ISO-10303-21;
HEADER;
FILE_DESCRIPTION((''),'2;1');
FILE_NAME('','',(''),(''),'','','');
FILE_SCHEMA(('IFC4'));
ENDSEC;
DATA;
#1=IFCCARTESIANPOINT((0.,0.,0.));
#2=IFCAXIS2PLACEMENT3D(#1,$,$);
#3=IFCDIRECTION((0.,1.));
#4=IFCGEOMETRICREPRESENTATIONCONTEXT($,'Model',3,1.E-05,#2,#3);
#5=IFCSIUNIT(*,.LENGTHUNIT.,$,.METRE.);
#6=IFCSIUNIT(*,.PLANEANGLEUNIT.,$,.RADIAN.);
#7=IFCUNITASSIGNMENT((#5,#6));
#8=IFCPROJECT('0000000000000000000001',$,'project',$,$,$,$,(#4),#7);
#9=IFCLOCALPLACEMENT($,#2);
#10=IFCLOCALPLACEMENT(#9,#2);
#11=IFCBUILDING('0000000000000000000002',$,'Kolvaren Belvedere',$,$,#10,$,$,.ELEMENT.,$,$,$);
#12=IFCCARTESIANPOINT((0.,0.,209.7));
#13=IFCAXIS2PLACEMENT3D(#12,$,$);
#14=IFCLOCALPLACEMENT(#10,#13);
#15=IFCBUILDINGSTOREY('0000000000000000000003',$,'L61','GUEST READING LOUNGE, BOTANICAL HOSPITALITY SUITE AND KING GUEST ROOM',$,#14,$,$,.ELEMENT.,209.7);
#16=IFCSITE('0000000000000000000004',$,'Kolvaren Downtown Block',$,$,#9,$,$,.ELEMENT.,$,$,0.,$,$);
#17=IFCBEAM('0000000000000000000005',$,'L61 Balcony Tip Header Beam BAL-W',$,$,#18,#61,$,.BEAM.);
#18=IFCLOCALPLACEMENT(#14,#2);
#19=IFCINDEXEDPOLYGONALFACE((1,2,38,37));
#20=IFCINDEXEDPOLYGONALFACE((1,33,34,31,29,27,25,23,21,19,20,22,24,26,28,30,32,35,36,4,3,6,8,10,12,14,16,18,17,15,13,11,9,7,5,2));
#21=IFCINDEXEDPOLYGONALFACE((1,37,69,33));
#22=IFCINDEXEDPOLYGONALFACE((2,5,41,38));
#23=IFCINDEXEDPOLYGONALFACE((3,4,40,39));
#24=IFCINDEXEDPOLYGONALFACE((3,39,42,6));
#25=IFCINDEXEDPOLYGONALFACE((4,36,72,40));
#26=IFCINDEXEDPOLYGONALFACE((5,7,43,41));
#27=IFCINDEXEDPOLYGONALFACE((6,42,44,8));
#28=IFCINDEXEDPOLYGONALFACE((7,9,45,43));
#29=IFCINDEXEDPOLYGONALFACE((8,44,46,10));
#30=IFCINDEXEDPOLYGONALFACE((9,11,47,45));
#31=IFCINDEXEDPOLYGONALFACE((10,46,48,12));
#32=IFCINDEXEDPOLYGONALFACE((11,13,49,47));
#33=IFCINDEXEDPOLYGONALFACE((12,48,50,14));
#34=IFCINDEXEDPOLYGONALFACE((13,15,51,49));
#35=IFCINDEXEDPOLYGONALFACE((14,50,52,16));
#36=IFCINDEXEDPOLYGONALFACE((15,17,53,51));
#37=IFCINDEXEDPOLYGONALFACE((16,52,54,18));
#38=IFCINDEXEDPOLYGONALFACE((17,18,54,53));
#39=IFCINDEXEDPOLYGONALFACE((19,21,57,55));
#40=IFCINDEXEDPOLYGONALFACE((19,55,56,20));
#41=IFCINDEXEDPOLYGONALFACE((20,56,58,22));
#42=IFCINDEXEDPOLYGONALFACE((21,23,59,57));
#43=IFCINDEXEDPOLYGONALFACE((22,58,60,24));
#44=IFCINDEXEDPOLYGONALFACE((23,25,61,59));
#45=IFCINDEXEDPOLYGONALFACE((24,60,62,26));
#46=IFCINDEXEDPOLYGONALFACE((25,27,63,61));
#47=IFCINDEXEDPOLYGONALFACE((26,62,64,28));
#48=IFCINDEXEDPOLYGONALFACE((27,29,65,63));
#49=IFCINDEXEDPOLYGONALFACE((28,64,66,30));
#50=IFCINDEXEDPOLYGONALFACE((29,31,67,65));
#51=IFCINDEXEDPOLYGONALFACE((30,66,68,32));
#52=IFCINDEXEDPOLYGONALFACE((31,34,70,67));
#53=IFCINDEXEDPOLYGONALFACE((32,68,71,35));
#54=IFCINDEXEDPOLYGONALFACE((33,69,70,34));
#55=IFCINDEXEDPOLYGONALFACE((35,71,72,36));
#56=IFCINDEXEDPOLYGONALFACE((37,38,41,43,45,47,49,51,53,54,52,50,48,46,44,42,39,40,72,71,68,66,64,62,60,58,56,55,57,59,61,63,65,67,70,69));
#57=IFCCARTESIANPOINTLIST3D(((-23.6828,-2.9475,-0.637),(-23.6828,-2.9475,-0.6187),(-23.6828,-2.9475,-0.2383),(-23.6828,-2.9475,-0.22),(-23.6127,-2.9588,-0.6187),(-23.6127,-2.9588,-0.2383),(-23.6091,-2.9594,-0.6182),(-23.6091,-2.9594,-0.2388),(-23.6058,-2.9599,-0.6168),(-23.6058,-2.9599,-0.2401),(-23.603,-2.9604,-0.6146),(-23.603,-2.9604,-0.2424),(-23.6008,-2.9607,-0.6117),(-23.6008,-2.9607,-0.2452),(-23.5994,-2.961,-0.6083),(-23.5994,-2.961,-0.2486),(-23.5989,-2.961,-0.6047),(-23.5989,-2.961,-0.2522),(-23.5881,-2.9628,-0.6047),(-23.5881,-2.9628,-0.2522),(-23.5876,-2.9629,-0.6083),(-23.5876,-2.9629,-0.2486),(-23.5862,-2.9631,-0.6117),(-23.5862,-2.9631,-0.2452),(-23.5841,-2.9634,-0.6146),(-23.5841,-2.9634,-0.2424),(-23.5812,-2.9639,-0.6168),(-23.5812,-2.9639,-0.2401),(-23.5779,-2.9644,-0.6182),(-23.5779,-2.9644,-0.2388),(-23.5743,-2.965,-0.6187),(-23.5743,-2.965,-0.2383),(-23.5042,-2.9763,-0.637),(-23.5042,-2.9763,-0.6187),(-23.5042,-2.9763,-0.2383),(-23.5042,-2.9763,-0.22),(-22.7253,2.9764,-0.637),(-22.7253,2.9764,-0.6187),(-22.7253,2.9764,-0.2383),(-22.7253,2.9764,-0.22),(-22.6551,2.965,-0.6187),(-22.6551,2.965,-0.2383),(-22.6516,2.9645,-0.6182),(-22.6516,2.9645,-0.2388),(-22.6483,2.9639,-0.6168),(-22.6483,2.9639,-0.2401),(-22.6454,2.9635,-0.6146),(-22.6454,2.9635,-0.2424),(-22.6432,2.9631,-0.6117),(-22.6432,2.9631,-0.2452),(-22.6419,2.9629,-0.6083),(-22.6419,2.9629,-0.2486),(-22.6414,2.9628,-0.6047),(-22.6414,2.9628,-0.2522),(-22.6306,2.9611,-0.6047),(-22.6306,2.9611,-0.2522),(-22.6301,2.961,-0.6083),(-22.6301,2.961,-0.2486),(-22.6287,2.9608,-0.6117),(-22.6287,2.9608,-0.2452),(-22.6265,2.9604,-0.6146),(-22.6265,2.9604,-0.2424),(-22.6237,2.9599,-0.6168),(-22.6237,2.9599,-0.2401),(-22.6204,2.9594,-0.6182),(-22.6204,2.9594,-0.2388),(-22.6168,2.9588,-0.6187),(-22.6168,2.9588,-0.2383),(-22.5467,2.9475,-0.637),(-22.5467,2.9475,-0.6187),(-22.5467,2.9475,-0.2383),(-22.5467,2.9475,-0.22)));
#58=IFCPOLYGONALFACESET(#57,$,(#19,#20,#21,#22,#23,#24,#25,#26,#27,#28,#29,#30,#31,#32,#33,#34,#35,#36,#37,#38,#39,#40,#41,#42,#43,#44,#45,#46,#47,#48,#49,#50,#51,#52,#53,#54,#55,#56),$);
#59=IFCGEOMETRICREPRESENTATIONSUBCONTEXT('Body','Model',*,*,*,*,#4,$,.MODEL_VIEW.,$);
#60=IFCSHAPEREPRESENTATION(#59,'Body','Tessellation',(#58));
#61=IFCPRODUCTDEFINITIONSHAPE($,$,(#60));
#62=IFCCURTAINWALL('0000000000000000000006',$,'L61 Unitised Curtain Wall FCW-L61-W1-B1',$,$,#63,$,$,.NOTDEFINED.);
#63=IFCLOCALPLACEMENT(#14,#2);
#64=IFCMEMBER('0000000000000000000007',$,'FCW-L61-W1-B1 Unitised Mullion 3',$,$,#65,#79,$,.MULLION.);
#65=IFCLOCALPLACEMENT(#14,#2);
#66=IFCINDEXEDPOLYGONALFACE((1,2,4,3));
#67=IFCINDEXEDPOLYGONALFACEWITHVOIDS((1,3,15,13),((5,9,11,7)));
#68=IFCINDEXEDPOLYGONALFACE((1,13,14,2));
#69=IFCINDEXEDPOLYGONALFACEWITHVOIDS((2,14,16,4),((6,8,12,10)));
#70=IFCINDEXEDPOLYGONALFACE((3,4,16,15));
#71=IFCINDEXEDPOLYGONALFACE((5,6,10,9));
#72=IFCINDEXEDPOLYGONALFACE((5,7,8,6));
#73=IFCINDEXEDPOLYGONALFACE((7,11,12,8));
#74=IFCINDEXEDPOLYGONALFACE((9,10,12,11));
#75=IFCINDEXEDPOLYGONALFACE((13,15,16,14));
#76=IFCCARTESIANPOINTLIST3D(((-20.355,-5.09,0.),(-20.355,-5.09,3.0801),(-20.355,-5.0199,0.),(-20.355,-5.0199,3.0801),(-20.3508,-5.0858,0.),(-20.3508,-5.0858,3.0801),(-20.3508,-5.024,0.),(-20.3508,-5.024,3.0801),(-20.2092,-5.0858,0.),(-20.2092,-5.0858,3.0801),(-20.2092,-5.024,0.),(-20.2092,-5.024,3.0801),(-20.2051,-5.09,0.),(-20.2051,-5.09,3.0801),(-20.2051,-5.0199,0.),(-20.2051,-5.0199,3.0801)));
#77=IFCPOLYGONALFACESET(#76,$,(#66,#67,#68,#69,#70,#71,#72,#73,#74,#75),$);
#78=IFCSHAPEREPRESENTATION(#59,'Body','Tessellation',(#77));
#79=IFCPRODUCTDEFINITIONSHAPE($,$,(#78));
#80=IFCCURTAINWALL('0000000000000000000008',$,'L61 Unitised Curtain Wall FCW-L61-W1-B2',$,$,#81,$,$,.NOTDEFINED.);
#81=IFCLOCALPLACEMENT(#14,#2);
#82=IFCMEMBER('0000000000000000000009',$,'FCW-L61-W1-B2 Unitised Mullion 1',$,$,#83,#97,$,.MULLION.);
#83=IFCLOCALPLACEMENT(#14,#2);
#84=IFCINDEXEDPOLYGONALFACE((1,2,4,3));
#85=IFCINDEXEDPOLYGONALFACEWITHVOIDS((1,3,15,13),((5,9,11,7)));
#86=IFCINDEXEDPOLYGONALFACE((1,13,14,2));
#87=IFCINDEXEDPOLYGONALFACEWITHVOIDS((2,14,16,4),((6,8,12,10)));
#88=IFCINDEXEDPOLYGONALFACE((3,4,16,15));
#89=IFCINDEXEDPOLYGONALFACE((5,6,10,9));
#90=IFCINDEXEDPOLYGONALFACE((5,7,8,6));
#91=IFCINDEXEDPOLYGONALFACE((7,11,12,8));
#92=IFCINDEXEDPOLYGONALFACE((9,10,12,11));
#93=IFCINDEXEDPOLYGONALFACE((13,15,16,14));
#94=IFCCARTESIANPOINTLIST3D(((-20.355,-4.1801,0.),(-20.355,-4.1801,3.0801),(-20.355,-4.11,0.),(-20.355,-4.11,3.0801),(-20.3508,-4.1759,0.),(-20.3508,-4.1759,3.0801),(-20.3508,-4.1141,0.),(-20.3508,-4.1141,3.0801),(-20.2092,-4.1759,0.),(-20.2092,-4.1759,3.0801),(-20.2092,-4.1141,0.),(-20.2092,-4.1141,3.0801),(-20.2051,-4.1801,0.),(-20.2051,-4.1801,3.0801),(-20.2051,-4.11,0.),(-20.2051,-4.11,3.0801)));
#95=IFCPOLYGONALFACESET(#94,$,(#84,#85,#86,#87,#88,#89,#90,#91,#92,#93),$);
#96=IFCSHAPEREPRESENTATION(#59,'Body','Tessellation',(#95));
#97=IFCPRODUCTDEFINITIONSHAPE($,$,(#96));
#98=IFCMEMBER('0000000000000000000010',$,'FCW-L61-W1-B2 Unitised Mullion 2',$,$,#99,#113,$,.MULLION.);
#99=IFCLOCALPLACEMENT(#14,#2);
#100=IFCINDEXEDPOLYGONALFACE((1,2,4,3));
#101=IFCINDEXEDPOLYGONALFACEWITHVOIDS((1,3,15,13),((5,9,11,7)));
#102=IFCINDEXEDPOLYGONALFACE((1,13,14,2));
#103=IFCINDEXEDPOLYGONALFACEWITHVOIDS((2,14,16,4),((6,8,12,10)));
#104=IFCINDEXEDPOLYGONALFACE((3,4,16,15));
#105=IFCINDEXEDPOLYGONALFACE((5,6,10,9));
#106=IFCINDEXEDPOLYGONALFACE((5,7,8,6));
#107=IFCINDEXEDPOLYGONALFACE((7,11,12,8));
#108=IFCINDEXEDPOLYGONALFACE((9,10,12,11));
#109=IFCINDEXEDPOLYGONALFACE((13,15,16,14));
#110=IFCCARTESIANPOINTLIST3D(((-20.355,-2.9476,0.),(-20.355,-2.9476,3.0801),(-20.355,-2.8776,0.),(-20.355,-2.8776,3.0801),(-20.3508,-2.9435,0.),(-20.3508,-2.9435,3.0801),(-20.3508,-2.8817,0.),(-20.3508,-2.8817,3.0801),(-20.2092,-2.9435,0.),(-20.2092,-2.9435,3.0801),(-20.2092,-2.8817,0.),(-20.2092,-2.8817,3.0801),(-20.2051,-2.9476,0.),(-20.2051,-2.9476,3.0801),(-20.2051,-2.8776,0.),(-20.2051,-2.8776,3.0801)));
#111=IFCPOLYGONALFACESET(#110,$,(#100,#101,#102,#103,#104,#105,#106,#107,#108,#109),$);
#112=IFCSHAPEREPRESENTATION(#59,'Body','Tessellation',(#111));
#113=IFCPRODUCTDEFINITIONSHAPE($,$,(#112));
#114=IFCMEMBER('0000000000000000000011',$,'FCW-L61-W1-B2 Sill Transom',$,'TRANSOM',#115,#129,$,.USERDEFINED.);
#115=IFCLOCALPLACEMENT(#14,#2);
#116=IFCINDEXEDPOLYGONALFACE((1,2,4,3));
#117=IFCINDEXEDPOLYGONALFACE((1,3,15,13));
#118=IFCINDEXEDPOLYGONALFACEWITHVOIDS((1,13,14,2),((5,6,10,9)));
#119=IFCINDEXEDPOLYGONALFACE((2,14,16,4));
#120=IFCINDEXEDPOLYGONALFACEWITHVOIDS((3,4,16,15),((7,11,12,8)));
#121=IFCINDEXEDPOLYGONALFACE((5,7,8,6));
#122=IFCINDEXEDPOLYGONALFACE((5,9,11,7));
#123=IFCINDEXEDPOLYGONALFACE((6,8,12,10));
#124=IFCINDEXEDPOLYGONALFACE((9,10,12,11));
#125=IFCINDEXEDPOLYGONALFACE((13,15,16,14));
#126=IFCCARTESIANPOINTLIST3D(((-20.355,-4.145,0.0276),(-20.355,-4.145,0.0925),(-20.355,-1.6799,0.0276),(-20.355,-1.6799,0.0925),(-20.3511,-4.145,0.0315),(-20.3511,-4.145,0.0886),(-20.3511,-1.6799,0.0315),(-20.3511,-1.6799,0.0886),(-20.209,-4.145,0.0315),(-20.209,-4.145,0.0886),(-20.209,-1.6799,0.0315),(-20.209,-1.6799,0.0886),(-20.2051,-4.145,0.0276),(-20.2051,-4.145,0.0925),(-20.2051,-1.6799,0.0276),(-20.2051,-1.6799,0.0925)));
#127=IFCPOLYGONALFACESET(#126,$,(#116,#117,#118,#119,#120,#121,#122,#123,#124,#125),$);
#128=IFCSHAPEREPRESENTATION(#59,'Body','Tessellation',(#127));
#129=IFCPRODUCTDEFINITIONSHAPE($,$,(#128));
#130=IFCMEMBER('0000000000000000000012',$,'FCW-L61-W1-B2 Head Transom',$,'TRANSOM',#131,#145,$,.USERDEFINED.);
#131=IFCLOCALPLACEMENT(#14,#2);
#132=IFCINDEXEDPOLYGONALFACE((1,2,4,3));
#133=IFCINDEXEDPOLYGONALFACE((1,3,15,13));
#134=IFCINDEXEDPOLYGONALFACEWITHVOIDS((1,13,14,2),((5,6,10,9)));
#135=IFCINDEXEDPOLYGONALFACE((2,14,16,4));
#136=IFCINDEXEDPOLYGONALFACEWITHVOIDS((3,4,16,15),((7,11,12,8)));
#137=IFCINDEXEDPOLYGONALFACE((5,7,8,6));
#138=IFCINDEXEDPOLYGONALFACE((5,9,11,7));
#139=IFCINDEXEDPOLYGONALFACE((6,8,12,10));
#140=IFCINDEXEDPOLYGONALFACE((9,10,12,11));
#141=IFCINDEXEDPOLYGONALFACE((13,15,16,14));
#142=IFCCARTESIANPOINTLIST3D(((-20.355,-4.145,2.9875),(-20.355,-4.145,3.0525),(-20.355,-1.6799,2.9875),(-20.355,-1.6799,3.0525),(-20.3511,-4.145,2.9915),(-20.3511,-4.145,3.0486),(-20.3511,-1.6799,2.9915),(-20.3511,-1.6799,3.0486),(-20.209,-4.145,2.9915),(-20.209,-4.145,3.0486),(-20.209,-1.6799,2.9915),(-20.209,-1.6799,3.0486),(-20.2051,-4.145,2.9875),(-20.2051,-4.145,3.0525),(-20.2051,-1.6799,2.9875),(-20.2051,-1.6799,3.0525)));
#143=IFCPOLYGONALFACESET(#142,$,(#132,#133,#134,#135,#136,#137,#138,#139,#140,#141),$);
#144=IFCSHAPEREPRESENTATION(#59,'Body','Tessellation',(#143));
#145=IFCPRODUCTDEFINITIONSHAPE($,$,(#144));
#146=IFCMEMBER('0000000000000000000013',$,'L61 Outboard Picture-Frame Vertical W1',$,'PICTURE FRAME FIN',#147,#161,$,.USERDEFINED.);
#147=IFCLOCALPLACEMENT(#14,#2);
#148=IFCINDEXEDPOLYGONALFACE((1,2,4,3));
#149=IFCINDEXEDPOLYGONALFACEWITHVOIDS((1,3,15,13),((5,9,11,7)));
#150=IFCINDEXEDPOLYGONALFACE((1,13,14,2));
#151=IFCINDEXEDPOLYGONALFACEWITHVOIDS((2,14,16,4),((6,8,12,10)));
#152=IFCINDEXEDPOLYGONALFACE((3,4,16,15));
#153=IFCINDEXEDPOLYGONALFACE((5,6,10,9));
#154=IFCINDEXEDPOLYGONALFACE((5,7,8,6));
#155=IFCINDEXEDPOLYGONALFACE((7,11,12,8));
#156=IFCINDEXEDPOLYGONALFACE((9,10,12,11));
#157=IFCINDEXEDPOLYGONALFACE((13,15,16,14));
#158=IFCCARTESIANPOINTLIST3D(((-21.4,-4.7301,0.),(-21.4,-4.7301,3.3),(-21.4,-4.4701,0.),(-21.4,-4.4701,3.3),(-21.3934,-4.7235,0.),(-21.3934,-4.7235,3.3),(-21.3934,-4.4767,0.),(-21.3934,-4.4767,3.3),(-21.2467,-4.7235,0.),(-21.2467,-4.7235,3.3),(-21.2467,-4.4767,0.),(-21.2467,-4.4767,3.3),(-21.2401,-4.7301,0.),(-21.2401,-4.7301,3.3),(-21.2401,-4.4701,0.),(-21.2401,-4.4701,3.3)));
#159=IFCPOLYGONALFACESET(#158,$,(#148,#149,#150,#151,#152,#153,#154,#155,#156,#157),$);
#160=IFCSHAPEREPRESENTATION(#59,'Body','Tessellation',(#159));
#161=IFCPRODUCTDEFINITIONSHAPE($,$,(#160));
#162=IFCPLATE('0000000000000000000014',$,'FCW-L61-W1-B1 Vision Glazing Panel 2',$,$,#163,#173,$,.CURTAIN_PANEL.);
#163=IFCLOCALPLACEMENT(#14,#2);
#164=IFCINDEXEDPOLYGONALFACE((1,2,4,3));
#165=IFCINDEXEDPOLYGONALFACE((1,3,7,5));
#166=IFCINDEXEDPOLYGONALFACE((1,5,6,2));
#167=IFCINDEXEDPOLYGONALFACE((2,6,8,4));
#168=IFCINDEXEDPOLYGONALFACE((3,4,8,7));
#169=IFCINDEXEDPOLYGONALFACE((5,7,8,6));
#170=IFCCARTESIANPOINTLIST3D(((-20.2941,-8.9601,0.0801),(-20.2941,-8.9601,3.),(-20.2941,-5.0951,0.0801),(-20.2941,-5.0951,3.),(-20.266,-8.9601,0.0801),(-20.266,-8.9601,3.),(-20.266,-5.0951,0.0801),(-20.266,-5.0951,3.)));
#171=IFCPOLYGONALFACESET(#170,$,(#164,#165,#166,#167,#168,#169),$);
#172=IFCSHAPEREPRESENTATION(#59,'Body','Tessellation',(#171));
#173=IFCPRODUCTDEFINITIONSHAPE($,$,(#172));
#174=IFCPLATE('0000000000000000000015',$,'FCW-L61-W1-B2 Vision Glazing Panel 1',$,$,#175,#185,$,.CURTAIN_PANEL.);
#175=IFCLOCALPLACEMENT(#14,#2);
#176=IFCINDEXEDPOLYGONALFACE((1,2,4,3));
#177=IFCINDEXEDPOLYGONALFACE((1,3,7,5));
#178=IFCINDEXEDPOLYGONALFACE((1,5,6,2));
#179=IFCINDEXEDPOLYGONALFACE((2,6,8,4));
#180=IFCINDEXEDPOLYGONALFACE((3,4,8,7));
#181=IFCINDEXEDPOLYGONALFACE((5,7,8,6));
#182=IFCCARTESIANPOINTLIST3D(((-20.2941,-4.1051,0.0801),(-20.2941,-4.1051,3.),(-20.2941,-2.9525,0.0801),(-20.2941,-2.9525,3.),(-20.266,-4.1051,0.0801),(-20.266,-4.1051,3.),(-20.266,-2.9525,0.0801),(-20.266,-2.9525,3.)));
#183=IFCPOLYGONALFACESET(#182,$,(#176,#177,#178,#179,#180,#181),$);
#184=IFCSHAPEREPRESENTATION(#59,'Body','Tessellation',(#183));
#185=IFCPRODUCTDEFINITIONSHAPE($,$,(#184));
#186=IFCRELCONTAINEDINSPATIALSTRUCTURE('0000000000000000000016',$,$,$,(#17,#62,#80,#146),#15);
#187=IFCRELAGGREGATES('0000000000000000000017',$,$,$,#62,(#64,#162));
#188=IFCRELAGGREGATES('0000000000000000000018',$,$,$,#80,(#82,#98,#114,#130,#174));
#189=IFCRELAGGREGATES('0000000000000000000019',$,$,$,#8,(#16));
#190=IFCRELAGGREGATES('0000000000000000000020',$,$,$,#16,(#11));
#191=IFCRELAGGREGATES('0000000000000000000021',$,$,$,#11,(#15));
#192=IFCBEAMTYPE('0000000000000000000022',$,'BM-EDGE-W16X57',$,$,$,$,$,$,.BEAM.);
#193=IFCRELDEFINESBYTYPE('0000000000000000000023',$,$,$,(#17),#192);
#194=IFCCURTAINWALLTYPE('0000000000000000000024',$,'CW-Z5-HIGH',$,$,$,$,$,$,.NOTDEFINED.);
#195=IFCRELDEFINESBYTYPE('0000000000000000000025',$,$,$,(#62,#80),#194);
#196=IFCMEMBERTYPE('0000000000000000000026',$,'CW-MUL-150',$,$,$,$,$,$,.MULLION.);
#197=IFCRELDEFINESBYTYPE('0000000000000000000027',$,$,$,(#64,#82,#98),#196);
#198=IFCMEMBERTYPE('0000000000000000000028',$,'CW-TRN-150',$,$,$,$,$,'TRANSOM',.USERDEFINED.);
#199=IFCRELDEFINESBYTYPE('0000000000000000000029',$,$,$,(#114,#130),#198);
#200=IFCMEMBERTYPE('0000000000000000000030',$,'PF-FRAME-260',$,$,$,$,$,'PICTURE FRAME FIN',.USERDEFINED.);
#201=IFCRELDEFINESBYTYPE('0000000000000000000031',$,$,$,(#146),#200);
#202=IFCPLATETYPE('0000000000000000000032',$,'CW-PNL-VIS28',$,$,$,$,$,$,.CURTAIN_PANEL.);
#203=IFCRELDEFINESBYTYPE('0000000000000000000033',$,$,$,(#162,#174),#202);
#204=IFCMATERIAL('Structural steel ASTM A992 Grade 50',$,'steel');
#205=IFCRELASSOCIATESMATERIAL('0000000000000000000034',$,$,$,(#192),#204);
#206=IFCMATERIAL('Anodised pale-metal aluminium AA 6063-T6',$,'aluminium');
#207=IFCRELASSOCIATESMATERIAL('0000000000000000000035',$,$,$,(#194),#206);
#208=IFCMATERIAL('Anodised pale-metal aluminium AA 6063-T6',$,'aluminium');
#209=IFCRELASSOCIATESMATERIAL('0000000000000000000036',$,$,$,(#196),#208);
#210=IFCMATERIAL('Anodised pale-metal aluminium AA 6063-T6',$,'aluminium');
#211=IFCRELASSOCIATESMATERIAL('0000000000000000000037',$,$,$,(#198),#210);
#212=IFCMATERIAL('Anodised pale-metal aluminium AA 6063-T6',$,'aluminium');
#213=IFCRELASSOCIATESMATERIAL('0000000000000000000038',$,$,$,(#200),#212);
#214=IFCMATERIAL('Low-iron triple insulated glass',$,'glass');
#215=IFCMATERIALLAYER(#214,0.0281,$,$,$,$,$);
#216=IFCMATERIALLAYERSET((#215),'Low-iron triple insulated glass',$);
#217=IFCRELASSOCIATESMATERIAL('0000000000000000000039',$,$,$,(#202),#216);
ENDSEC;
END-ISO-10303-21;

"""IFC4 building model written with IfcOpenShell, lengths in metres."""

from ifc_helpers import new_model, si_unit, direction, frame, origin, origin_2d, place, context, subcontext, project, spatial, rectangle, hollow_rectangle, i_section, extrude, material, layer, layer_set, material_profile, profile_set, type_object, element, aggregate, save


model = new_model("IFC4")

# Units and contexts
model_context = context("Model", 3, precision=1e-05, world=origin(), true_north=direction((0.0, 1.0)))
body_context = subcontext(model_context, "Body", "Model", "MODEL_VIEW")
ifc_project = project(units=[si_unit("LENGTHUNIT", "METRE"), si_unit("PLANEANGLEUNIT", "RADIAN")], contexts=[model_context])

# Site, building, storey
site_placement = place(None, origin())
site = spatial("IfcSite", under=ifc_project, at=site_placement, Name="Kolvaren Downtown Block", CompositionType="ELEMENT", RefElevation=0.0)
building_placement = place(site_placement, origin())
building = spatial("IfcBuilding", under=site, at=building_placement, Name="Kolvaren Belvedere", CompositionType="ELEMENT")
storey_placement = place(building_placement, frame((0.0, 0.0, 209.7)))
storey = spatial("IfcBuildingStorey", under=building, at=storey_placement, Name="L61", Description="GUEST READING LOUNGE, BOTANICAL HOSPITALITY SUITE AND KING GUEST ROOM", CompositionType="ELEMENT", Elevation=209.7)

# Beam
ifc_material_1 = material(Name="Structural steel ASTM A992 Grade 50", Category="steel")
ifc_material_profile_1 = material_profile(ifc_material_1, i_section(OverallWidth=0.1809, OverallDepth=0.417, WebThickness=0.011, FlangeThickness=0.0183, FilletRadius=0.0139, at=origin_2d()), Name="W16X57")
ifc_profile_set_1 = profile_set([ifc_material_profile_1], Name="Structural steel ASTM A992 Grade 50")
beam_type = type_object("IfcBeamType", Name="BM-EDGE-W16X57", PredefinedType="BEAM", material=ifc_profile_set_1)
beam_placement = place(storey_placement, frame((-23.5935, -2.9619, -0.4285), z_axis=(0.159568, 0.987187, 0.0), x_axis=(-0.987187, 0.159568, 0.0)))
element("IfcBeam", 1, at=beam_placement, inside=storey, type_object=beam_type, Name="L61 Balcony Tip Header Beam BAL-W", PredefinedType="BEAM", context=body_context, shape_type="SweptSolid", body=[
    extrude(i_section(OverallWidth=0.1809, OverallDepth=0.417, WebThickness=0.011, FlangeThickness=0.0183, FilletRadius=0.0139, at=origin_2d()), origin(), (0.0, 0.0, 1.0), 6.0007),
])

# Curtain wall, member
ifc_material_2 = material(Name="Anodised pale-metal aluminium AA 6063-T6", Category="aluminium")
curtain_wall_type = type_object("IfcCurtainWallType", Name="CW-Z5-HIGH", PredefinedType="NOTDEFINED", material=ifc_material_2)
curtain_wall_1_placement = place(storey_placement, origin())
curtain_wall_1 = element("IfcCurtainWall", 2, at=curtain_wall_1_placement, inside=storey, type_object=curtain_wall_type, Name="L61 Unitised Curtain Wall FCW-L61-W1-B1", PredefinedType="NOTDEFINED")
ifc_material_3 = material(Name="Anodised pale-metal aluminium AA 6063-T6", Category="aluminium")
ifc_material_profile_2 = material_profile(ifc_material_3, hollow_rectangle(XDim=0.0701, YDim=0.1499, WallThickness=0.0042, at=origin_2d()), Name="ALU-MUL-150X70")
ifc_profile_set_2 = profile_set([ifc_material_profile_2], Name="Anodised pale-metal aluminium AA 6063-T6")
member_type_1 = type_object("IfcMemberType", Name="CW-MUL-150", PredefinedType="MULLION", material=ifc_profile_set_2)
member_1_placement = place(storey_placement, frame((-20.28, -5.0549, 0.0), z_axis=(0.0, 0.0, 1.0), x_axis=(0.0, 1.0, 0.0)))
member_1 = element("IfcMember", 3, at=member_1_placement, type_object=member_type_1, Name="FCW-L61-W1-B1 Unitised Mullion 3", PredefinedType="MULLION", context=body_context, shape_type="SweptSolid", body=[
    extrude(hollow_rectangle(XDim=0.0701, YDim=0.1499, WallThickness=0.0042, at=origin_2d()), origin(), (0.0, 0.0, 1.0), 3.0801),
])

# Curtain wall, members
curtain_wall_2_placement = place(storey_placement, origin())
curtain_wall_2 = element("IfcCurtainWall", 4, at=curtain_wall_2_placement, inside=storey, type_object=curtain_wall_type, Name="L61 Unitised Curtain Wall FCW-L61-W1-B2", PredefinedType="NOTDEFINED")
member_2_placement = place(storey_placement, frame((-20.28, -4.145, 0.0), z_axis=(0.0, 0.0, 1.0), x_axis=(0.0, 1.0, 0.0)))
member_2 = element("IfcMember", 5, at=member_2_placement, type_object=member_type_1, Name="FCW-L61-W1-B2 Unitised Mullion 1", PredefinedType="MULLION", context=body_context, shape_type="SweptSolid", body=[
    extrude(hollow_rectangle(XDim=0.0701, YDim=0.1499, WallThickness=0.0042, at=origin_2d()), origin(), (0.0, 0.0, 1.0), 3.0801),
])
member_3_placement = place(storey_placement, frame((-20.28, -2.9126, 0.0), z_axis=(0.0, 0.0, 1.0), x_axis=(0.0, 1.0, 0.0)))
member_3 = element("IfcMember", 6, at=member_3_placement, type_object=member_type_1, Name="FCW-L61-W1-B2 Unitised Mullion 2", PredefinedType="MULLION", context=body_context, shape_type="SweptSolid", body=[
    extrude(hollow_rectangle(XDim=0.0701, YDim=0.1499, WallThickness=0.0042, at=origin_2d()), origin(), (0.0, 0.0, 1.0), 3.0801),
])
ifc_material_4 = material(Name="Anodised pale-metal aluminium AA 6063-T6", Category="aluminium")
ifc_material_profile_3 = material_profile(ifc_material_4, hollow_rectangle(XDim=0.0649, YDim=0.1499, WallThickness=0.0039, at=origin_2d()), Name="ALU-TRN-150X65")
ifc_profile_set_3 = profile_set([ifc_material_profile_3], Name="Anodised pale-metal aluminium AA 6063-T6")
member_type_2 = type_object("IfcMemberType", Name="CW-TRN-150", ElementType="TRANSOM", PredefinedType="USERDEFINED", material=ifc_profile_set_3)
member_4_placement = place(storey_placement, frame((-20.28, -4.145, 0.0601), z_axis=(0.0, 1.0, 0.0), x_axis=(0.0, 0.0, 1.0)))
member_4 = element("IfcMember", 7, at=member_4_placement, type_object=member_type_2, Name="FCW-L61-W1-B2 Sill Transom", ObjectType="TRANSOM", PredefinedType="USERDEFINED", context=body_context, shape_type="SweptSolid", body=[
    extrude(hollow_rectangle(XDim=0.0649, YDim=0.1499, WallThickness=0.0039, at=origin_2d()), origin(), (0.0, 0.0, 1.0), 2.4651),
])
member_5_placement = place(storey_placement, frame((-20.28, -4.145, 3.02), z_axis=(0.0, 1.0, 0.0), x_axis=(0.0, 0.0, 1.0)))
member_5 = element("IfcMember", 8, at=member_5_placement, type_object=member_type_2, Name="FCW-L61-W1-B2 Head Transom", ObjectType="TRANSOM", PredefinedType="USERDEFINED", context=body_context, shape_type="SweptSolid", body=[
    extrude(hollow_rectangle(XDim=0.0649, YDim=0.1499, WallThickness=0.0039, at=origin_2d()), origin(), (0.0, 0.0, 1.0), 2.4651),
])

# Member
ifc_material_5 = material(Name="Anodised pale-metal aluminium AA 6063-T6", Category="aluminium")
ifc_material_profile_4 = material_profile(ifc_material_5, hollow_rectangle(XDim=0.1599, YDim=0.26, WallThickness=0.0066, at=origin_2d()), Name="ALU-PF-260X160")
ifc_profile_set_4 = profile_set([ifc_material_profile_4], Name="Anodised pale-metal aluminium AA 6063-T6")
member_type_3 = type_object("IfcMemberType", Name="PF-FRAME-260", ElementType="PICTURE FRAME FIN", PredefinedType="USERDEFINED", material=ifc_profile_set_4)
member_6_placement = place(storey_placement, frame((-21.3201, -4.6001, 0.0), z_axis=(0.0, 0.0, 1.0), x_axis=(1.0, 0.0, 0.0)))
element("IfcMember", 9, at=member_6_placement, inside=storey, type_object=member_type_3, Name="L61 Outboard Picture-Frame Vertical W1", ObjectType="PICTURE FRAME FIN", PredefinedType="USERDEFINED", context=body_context, shape_type="SweptSolid", body=[
    extrude(hollow_rectangle(XDim=0.1599, YDim=0.26, WallThickness=0.0066, at=origin_2d()), origin(), (0.0, 0.0, 1.0), 3.3),
])

# Plates
ifc_material_6 = material(Name="Low-iron triple insulated glass", Category="glass")
ifc_layer_1 = layer(ifc_material_6, 0.0281)
ifc_layer_set_1 = layer_set([ifc_layer_1], Name="Low-iron triple insulated glass")
plate_type_1 = type_object("IfcPlateType", Name="CW-PNL-VIS28", PredefinedType="CURTAIN_PANEL", material=ifc_layer_set_1)
plate_1_placement = place(storey_placement, frame((-20.28, -7.0276, 0.0801), z_axis=(0.0, 0.0, 1.0), x_axis=(0.0, 1.0, 0.0)))
plate_1 = element("IfcPlate", 10, at=plate_1_placement, type_object=plate_type_1, Name="FCW-L61-W1-B1 Vision Glazing Panel 2", PredefinedType="CURTAIN_PANEL", context=body_context, shape_type="SweptSolid", body=[
    extrude(rectangle(XDim=3.865, YDim=0.0281, at=origin_2d()), origin(), (0.0, 0.0, 1.0), 2.9199),
])
aggregate(curtain_wall_1, [member_1, plate_1])
plate_2_placement = place(storey_placement, frame((-20.28, -3.5288, 0.0801), z_axis=(0.0, 0.0, 1.0), x_axis=(0.0, 1.0, 0.0)))
plate_2 = element("IfcPlate", 11, at=plate_2_placement, type_object=plate_type_1, Name="FCW-L61-W1-B2 Vision Glazing Panel 1", PredefinedType="CURTAIN_PANEL", context=body_context, shape_type="SweptSolid", body=[
    extrude(rectangle(XDim=1.1526, YDim=0.0281, at=origin_2d()), origin(), (0.0, 0.0, 1.0), 2.9199),
])
aggregate(curtain_wall_2, [member_2, member_3, member_4, member_5, plate_2])

save(model, "model.ifc")
